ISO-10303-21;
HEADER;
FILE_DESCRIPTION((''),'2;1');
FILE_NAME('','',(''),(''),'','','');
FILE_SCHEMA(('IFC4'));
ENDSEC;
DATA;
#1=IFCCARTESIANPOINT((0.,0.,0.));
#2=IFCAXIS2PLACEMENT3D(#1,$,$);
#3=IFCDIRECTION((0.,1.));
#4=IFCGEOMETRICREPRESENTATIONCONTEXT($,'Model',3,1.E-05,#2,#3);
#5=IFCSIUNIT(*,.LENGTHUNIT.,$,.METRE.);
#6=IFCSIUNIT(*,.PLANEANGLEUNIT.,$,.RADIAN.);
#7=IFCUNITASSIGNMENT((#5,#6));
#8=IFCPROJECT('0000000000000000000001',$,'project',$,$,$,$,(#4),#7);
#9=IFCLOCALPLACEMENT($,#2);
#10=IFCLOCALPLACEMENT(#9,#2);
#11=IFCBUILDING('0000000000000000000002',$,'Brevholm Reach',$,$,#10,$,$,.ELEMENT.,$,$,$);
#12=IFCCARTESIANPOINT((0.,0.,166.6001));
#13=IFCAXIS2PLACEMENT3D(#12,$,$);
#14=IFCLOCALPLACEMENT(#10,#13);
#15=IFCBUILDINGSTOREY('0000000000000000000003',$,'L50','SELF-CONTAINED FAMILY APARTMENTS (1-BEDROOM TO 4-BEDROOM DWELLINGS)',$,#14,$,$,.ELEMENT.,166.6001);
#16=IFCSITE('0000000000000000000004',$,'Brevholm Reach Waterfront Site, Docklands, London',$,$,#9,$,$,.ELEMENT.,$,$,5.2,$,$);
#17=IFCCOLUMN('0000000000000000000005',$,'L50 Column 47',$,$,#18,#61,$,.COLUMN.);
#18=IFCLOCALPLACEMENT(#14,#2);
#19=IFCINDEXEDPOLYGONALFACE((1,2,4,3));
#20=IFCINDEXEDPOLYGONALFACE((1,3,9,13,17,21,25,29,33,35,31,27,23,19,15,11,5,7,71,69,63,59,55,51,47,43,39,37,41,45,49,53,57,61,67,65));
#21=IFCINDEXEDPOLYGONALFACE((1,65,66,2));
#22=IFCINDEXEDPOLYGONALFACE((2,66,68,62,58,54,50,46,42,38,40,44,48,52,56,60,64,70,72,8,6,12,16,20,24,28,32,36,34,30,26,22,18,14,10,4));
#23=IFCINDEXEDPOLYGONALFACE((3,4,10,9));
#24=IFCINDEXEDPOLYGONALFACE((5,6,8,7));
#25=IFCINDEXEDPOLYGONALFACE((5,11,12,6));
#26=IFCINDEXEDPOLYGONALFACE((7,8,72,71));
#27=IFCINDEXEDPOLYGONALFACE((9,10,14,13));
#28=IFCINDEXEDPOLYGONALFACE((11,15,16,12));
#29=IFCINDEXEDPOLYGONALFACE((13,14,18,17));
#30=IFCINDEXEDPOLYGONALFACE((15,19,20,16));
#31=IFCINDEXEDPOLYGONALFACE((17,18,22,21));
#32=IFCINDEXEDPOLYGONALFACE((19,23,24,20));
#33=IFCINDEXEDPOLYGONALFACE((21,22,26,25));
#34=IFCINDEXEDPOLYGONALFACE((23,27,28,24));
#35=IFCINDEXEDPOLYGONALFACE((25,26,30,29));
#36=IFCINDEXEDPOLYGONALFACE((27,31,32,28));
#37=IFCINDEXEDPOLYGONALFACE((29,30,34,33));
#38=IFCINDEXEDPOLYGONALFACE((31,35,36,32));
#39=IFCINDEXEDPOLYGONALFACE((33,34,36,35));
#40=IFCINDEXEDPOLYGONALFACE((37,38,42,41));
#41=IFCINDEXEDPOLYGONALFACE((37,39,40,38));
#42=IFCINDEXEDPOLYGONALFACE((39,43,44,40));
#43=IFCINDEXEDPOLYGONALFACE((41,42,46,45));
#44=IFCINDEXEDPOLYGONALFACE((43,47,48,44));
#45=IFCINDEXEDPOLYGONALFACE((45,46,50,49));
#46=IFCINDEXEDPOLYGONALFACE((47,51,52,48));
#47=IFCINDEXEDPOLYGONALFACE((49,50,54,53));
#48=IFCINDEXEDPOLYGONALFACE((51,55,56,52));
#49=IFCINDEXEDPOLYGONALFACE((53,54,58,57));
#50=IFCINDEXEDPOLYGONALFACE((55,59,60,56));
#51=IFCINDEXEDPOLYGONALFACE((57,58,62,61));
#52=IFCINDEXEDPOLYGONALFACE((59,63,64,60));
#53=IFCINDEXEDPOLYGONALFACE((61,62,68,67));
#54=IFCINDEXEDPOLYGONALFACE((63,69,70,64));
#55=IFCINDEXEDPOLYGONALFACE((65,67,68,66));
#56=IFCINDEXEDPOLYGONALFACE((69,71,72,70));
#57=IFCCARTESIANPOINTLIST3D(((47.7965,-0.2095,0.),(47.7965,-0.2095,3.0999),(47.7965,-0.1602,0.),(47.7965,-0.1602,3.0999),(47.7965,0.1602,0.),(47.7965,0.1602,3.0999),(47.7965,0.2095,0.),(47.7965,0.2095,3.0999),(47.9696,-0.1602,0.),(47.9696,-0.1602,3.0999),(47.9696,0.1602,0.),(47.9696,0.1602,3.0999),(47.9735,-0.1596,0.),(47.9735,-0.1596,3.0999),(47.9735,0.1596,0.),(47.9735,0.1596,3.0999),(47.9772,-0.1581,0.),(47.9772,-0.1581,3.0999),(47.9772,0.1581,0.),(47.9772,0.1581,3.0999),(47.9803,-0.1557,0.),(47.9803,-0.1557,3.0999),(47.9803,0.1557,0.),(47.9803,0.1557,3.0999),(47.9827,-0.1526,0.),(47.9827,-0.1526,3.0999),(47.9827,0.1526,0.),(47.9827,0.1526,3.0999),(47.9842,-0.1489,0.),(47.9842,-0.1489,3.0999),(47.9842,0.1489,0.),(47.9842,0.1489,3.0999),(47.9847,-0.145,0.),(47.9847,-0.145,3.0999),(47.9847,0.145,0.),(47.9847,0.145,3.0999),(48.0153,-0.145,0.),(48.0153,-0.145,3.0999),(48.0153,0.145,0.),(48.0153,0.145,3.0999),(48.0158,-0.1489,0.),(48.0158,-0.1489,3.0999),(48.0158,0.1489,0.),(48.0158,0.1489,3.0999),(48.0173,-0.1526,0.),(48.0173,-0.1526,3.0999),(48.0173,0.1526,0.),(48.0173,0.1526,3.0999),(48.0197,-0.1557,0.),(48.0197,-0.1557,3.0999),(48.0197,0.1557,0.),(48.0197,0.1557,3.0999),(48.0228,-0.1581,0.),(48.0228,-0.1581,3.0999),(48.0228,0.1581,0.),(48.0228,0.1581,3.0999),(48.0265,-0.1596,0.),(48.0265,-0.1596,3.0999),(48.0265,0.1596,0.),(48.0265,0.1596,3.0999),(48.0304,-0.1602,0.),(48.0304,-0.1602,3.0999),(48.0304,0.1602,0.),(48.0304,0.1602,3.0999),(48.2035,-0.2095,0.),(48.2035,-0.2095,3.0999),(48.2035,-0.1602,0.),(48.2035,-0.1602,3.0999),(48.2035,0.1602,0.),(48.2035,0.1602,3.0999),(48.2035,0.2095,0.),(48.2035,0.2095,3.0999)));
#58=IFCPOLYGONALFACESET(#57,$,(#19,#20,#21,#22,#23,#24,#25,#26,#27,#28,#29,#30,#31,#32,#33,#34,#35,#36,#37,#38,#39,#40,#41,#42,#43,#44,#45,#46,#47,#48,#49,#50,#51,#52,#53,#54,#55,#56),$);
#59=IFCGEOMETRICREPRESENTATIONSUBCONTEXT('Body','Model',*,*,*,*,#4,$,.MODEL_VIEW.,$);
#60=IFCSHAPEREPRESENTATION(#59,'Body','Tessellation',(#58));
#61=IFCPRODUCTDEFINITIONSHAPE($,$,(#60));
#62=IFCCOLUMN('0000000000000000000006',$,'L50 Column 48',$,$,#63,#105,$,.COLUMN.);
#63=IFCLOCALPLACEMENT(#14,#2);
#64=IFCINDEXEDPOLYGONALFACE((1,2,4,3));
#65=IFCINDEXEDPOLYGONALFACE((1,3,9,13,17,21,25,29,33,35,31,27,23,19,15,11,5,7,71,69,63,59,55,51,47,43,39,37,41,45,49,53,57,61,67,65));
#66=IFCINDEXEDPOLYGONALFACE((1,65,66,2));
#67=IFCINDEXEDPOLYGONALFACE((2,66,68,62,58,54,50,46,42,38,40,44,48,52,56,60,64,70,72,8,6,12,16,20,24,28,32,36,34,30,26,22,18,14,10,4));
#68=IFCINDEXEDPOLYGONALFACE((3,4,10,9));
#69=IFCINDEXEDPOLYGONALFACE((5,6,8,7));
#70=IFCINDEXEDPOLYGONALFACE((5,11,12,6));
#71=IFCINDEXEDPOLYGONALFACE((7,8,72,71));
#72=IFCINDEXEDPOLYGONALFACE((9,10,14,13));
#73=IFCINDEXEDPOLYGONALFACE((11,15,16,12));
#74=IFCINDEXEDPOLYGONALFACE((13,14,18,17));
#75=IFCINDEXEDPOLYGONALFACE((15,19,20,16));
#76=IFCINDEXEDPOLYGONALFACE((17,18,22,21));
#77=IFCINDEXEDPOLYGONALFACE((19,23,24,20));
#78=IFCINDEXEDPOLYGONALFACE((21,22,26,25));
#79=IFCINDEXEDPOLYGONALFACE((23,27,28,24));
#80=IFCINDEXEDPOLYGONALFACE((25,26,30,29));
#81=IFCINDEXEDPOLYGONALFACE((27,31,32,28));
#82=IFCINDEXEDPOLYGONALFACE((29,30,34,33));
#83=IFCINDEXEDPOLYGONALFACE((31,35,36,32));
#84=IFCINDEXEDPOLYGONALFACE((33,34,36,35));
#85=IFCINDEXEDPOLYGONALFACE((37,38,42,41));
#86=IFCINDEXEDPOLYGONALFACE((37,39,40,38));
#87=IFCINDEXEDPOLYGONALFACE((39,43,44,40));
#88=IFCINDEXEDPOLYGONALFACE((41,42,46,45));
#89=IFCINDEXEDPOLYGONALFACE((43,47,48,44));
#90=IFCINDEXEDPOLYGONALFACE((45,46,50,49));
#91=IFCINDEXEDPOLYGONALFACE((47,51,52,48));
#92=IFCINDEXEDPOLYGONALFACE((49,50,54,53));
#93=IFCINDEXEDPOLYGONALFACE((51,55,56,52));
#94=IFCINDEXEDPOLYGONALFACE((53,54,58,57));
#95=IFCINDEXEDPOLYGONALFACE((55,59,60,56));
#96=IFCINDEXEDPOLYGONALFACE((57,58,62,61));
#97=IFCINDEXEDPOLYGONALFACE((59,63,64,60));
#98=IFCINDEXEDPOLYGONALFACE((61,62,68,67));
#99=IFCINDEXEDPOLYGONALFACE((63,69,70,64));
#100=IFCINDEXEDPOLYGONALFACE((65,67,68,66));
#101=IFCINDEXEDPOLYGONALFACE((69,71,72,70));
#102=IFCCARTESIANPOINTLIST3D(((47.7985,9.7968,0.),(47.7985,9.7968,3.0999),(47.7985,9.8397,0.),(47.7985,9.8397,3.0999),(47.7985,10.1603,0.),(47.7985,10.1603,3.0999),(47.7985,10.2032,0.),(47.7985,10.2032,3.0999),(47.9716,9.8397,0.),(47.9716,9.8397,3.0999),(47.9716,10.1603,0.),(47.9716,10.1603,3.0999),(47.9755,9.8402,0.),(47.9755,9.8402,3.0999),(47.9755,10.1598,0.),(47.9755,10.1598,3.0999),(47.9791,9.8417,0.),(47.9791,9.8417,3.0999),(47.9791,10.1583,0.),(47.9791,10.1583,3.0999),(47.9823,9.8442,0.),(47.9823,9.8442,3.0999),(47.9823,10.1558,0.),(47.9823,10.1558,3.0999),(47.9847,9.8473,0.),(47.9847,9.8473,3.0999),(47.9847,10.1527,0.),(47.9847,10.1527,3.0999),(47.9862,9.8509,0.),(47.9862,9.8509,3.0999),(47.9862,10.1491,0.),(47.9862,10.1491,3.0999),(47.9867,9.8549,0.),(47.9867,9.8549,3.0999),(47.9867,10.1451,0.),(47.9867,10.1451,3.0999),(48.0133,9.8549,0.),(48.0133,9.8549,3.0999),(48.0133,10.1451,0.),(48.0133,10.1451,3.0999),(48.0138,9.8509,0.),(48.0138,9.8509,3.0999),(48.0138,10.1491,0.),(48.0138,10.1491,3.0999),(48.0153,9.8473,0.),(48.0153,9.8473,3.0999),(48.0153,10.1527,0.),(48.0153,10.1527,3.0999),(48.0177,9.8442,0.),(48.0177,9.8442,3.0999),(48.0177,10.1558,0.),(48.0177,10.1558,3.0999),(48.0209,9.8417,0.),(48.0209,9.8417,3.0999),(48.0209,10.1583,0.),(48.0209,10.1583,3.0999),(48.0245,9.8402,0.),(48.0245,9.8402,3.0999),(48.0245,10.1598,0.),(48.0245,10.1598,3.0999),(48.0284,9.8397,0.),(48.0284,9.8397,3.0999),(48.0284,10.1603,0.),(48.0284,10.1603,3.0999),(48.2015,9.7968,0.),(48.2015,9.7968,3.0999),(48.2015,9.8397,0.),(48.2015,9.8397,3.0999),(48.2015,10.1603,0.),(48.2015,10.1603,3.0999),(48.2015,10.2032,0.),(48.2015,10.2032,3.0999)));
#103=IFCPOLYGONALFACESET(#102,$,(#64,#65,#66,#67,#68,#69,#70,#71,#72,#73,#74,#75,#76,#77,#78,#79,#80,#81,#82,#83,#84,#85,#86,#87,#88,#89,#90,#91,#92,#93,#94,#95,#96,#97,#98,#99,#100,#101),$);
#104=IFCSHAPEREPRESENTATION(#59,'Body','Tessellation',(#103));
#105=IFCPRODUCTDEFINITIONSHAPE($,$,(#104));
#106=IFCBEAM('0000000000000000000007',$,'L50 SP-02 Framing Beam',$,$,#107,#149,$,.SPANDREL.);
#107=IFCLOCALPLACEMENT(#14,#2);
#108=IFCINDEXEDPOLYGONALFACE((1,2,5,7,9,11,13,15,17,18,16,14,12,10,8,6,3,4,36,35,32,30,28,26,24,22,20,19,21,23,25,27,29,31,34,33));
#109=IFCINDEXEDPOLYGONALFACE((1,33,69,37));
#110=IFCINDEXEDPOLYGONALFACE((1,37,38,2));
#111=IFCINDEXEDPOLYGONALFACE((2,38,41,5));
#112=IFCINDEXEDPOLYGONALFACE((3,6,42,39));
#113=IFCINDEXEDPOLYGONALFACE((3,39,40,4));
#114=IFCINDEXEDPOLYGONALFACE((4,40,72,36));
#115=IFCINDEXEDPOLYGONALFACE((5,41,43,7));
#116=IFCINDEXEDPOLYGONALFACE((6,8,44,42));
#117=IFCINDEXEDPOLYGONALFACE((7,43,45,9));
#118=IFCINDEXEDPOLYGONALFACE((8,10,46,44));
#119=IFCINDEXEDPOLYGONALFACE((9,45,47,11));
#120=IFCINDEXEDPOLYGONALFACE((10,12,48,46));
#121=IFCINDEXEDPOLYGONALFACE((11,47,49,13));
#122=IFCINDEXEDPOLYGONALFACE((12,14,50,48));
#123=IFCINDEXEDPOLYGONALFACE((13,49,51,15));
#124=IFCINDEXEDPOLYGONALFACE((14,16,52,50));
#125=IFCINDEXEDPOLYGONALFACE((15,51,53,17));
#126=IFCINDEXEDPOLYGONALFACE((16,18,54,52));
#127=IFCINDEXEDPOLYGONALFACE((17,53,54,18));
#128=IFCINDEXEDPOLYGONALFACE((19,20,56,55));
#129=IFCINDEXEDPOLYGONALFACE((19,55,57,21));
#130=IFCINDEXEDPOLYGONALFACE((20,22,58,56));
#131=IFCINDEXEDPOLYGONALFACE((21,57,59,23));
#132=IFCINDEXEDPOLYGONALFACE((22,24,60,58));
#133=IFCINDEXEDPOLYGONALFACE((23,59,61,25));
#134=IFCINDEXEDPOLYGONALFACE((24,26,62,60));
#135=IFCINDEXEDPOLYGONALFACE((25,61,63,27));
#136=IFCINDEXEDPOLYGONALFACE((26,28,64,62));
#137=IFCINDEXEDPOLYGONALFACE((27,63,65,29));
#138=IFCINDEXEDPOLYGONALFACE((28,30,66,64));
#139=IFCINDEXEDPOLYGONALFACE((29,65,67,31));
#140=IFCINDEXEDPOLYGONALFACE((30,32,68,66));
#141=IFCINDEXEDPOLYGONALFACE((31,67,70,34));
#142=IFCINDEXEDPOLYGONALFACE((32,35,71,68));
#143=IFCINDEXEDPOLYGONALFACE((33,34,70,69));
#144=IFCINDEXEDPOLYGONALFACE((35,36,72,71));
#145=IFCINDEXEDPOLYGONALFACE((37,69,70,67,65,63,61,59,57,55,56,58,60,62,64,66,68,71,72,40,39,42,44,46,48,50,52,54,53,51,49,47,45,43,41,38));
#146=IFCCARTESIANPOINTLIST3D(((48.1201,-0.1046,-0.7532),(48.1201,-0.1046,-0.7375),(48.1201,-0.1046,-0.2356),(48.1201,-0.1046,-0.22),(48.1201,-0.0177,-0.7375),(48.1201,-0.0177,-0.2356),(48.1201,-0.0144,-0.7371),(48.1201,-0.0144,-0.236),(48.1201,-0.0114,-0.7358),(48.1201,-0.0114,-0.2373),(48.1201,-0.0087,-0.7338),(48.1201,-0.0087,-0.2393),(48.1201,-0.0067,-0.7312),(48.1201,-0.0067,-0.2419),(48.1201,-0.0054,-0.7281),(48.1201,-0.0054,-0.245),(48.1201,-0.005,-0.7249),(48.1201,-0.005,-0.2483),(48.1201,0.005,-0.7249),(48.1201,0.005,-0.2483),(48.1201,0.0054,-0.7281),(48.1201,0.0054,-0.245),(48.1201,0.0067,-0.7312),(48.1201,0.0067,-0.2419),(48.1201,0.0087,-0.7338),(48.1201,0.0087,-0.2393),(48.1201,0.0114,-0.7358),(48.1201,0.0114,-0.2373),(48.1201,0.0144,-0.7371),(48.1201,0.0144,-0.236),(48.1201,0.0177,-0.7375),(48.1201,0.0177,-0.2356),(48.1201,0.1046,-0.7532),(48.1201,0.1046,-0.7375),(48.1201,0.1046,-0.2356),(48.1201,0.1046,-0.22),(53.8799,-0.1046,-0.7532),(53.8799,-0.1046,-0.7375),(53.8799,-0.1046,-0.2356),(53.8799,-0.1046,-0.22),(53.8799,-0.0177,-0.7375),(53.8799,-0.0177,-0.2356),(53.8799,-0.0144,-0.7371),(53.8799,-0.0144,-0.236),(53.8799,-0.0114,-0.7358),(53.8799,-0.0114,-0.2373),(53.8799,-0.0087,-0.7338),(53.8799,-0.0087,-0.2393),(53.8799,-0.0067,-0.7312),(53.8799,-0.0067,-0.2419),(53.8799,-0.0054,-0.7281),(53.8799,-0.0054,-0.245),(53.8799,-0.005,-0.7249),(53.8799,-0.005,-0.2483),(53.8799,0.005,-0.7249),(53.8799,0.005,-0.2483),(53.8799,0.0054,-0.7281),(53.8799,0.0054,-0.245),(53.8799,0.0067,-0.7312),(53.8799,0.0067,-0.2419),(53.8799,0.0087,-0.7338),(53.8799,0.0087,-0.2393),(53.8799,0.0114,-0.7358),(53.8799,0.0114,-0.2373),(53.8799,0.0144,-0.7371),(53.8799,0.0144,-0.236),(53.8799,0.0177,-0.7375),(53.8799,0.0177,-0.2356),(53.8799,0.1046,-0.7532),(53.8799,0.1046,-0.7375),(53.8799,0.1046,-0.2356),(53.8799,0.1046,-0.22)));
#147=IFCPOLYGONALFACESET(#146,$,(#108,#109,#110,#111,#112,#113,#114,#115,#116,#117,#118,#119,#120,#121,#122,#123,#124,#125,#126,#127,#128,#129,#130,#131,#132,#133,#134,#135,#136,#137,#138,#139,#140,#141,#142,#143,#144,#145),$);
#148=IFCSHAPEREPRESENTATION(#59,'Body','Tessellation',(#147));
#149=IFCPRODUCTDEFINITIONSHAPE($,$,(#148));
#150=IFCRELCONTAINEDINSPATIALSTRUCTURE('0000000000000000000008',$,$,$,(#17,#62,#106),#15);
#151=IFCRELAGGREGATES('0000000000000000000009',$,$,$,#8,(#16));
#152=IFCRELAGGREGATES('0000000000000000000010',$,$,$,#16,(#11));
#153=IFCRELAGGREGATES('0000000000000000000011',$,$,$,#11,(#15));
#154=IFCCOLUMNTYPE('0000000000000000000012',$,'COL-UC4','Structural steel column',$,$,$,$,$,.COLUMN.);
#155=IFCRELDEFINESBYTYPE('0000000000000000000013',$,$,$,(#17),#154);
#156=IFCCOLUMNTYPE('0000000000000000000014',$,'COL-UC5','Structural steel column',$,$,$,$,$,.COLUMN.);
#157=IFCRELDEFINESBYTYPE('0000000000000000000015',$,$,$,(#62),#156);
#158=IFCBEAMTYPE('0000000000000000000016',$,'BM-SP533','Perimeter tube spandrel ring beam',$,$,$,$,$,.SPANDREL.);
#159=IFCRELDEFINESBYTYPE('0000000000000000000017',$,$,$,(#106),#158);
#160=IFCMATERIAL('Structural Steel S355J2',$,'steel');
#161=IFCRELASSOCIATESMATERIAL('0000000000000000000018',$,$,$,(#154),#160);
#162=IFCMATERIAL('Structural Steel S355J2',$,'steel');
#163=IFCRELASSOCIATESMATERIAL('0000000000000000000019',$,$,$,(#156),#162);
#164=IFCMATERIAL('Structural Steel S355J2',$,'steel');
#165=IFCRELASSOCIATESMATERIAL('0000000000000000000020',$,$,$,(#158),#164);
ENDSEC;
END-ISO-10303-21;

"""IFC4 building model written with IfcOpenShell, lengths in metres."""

from ifc_helpers import new_model, si_unit, direction, frame, origin, origin_2d, place, context, subcontext, project, spatial, i_section, extrude, material, material_profile, profile_set, type_object, element, save


model = new_model("IFC4")

# Units and contexts
model_context = context("Model", 3, precision=1e-05, world=origin(), true_north=direction((0.0, 1.0)))
body_context = subcontext(model_context, "Body", "Model", "MODEL_VIEW")
ifc_project = project(units=[si_unit("LENGTHUNIT", "METRE"), si_unit("PLANEANGLEUNIT", "RADIAN")], contexts=[model_context])

# Site, building, storey
site_placement = place(None, origin())
site = spatial("IfcSite", under=ifc_project, at=site_placement, Name="Brevholm Reach Waterfront Site, Docklands, London", CompositionType="ELEMENT", RefElevation=5.2)
building_placement = place(site_placement, origin())
building = spatial("IfcBuilding", under=site, at=building_placement, Name="Brevholm Reach", CompositionType="ELEMENT")
storey_placement = place(building_placement, frame((0.0, 0.0, 166.6001)))
storey = spatial("IfcBuildingStorey", under=building, at=storey_placement, Name="L50", Description="SELF-CONTAINED FAMILY APARTMENTS (1-BEDROOM TO 4-BEDROOM DWELLINGS)", CompositionType="ELEMENT", Elevation=166.6001)

# Columns
ifc_material_1 = material(Name="Structural Steel S355J2", Category="steel")
ifc_material_profile_1 = material_profile(ifc_material_1, i_section(OverallWidth=0.407, OverallDepth=0.4189, WebThickness=0.0305, FlangeThickness=0.0493, FilletRadius=0.0151, at=origin_2d()), Name="UKC 356x406x393")
ifc_profile_set_1 = profile_set([ifc_material_profile_1], Name="Structural Steel S355J2")
column_type_1 = type_object("IfcColumnType", Name="COL-UC4", Description="Structural steel column", PredefinedType="COLUMN", material=ifc_profile_set_1)
column_1_placement = place(storey_placement, frame((48.0, 0.0, 0.0), z_axis=(0.0, 0.0, 1.0), x_axis=(1.0, 0.0, 0.0)))
element("IfcColumn", 1, at=column_1_placement, inside=storey, type_object=column_type_1, Name="L50 Column 47", PredefinedType="COLUMN", context=body_context, shape_type="SweptSolid", body=[
    extrude(i_section(OverallWidth=0.407, OverallDepth=0.4189, WebThickness=0.0305, FlangeThickness=0.0493, FilletRadius=0.0151, at=origin_2d()), origin(), (0.0, 0.0, 1.0), 3.0999),
])
ifc_material_2 = material(Name="Structural Steel S355J2", Category="steel")
ifc_material_profile_2 = material_profile(ifc_material_2, i_section(OverallWidth=0.4031, OverallDepth=0.4065, WebThickness=0.0266, FlangeThickness=0.043, FilletRadius=0.0151, at=origin_2d()), Name="UKC 356x406x340")
ifc_profile_set_2 = profile_set([ifc_material_profile_2], Name="Structural Steel S355J2")
column_type_2 = type_object("IfcColumnType", Name="COL-UC5", Description="Structural steel column", PredefinedType="COLUMN", material=ifc_profile_set_2)
column_2_placement = place(storey_placement, frame((48.0, 10.0, 0.0), z_axis=(0.0, 0.0, 1.0), x_axis=(1.0, 0.0, 0.0)))
element("IfcColumn", 2, at=column_2_placement, inside=storey, type_object=column_type_2, Name="L50 Column 48", PredefinedType="COLUMN", context=body_context, shape_type="SweptSolid", body=[
    extrude(i_section(OverallWidth=0.4031, OverallDepth=0.4065, WebThickness=0.0266, FlangeThickness=0.043, FilletRadius=0.0151, at=origin_2d()), origin(), (0.0, 0.0, 1.0), 3.0999),
])

# Beam
ifc_material_3 = material(Name="Structural Steel S355J2", Category="steel")
ifc_material_profile_3 = material_profile(ifc_material_3, i_section(OverallWidth=0.2092, OverallDepth=0.5332, WebThickness=0.01, FlangeThickness=0.0156, FilletRadius=0.0127, at=origin_2d()), Name="UKB 533x210x92")
ifc_profile_set_3 = profile_set([ifc_material_profile_3], Name="Structural Steel S355J2")
beam_type_1 = type_object("IfcBeamType", Name="BM-SP533", Description="Perimeter tube spandrel ring beam", PredefinedType="SPANDREL", material=ifc_profile_set_3)
beam_1_placement = place(storey_placement, frame((48.1201, 0.0, -0.4866), z_axis=(1.0, 0.0, 0.0), x_axis=(0.0, 1.0, 0.0)))
element("IfcBeam", 3, at=beam_1_placement, inside=storey, type_object=beam_type_1, Name="L50 SP-02 Framing Beam", PredefinedType="SPANDREL", context=body_context, shape_type="SweptSolid", body=[
    extrude(i_section(OverallWidth=0.2092, OverallDepth=0.5332, WebThickness=0.01, FlangeThickness=0.0156, FilletRadius=0.0127, at=origin_2d()), origin(), (0.0, 0.0, 1.0), 5.7598),
])

save(model, "model.ifc")
